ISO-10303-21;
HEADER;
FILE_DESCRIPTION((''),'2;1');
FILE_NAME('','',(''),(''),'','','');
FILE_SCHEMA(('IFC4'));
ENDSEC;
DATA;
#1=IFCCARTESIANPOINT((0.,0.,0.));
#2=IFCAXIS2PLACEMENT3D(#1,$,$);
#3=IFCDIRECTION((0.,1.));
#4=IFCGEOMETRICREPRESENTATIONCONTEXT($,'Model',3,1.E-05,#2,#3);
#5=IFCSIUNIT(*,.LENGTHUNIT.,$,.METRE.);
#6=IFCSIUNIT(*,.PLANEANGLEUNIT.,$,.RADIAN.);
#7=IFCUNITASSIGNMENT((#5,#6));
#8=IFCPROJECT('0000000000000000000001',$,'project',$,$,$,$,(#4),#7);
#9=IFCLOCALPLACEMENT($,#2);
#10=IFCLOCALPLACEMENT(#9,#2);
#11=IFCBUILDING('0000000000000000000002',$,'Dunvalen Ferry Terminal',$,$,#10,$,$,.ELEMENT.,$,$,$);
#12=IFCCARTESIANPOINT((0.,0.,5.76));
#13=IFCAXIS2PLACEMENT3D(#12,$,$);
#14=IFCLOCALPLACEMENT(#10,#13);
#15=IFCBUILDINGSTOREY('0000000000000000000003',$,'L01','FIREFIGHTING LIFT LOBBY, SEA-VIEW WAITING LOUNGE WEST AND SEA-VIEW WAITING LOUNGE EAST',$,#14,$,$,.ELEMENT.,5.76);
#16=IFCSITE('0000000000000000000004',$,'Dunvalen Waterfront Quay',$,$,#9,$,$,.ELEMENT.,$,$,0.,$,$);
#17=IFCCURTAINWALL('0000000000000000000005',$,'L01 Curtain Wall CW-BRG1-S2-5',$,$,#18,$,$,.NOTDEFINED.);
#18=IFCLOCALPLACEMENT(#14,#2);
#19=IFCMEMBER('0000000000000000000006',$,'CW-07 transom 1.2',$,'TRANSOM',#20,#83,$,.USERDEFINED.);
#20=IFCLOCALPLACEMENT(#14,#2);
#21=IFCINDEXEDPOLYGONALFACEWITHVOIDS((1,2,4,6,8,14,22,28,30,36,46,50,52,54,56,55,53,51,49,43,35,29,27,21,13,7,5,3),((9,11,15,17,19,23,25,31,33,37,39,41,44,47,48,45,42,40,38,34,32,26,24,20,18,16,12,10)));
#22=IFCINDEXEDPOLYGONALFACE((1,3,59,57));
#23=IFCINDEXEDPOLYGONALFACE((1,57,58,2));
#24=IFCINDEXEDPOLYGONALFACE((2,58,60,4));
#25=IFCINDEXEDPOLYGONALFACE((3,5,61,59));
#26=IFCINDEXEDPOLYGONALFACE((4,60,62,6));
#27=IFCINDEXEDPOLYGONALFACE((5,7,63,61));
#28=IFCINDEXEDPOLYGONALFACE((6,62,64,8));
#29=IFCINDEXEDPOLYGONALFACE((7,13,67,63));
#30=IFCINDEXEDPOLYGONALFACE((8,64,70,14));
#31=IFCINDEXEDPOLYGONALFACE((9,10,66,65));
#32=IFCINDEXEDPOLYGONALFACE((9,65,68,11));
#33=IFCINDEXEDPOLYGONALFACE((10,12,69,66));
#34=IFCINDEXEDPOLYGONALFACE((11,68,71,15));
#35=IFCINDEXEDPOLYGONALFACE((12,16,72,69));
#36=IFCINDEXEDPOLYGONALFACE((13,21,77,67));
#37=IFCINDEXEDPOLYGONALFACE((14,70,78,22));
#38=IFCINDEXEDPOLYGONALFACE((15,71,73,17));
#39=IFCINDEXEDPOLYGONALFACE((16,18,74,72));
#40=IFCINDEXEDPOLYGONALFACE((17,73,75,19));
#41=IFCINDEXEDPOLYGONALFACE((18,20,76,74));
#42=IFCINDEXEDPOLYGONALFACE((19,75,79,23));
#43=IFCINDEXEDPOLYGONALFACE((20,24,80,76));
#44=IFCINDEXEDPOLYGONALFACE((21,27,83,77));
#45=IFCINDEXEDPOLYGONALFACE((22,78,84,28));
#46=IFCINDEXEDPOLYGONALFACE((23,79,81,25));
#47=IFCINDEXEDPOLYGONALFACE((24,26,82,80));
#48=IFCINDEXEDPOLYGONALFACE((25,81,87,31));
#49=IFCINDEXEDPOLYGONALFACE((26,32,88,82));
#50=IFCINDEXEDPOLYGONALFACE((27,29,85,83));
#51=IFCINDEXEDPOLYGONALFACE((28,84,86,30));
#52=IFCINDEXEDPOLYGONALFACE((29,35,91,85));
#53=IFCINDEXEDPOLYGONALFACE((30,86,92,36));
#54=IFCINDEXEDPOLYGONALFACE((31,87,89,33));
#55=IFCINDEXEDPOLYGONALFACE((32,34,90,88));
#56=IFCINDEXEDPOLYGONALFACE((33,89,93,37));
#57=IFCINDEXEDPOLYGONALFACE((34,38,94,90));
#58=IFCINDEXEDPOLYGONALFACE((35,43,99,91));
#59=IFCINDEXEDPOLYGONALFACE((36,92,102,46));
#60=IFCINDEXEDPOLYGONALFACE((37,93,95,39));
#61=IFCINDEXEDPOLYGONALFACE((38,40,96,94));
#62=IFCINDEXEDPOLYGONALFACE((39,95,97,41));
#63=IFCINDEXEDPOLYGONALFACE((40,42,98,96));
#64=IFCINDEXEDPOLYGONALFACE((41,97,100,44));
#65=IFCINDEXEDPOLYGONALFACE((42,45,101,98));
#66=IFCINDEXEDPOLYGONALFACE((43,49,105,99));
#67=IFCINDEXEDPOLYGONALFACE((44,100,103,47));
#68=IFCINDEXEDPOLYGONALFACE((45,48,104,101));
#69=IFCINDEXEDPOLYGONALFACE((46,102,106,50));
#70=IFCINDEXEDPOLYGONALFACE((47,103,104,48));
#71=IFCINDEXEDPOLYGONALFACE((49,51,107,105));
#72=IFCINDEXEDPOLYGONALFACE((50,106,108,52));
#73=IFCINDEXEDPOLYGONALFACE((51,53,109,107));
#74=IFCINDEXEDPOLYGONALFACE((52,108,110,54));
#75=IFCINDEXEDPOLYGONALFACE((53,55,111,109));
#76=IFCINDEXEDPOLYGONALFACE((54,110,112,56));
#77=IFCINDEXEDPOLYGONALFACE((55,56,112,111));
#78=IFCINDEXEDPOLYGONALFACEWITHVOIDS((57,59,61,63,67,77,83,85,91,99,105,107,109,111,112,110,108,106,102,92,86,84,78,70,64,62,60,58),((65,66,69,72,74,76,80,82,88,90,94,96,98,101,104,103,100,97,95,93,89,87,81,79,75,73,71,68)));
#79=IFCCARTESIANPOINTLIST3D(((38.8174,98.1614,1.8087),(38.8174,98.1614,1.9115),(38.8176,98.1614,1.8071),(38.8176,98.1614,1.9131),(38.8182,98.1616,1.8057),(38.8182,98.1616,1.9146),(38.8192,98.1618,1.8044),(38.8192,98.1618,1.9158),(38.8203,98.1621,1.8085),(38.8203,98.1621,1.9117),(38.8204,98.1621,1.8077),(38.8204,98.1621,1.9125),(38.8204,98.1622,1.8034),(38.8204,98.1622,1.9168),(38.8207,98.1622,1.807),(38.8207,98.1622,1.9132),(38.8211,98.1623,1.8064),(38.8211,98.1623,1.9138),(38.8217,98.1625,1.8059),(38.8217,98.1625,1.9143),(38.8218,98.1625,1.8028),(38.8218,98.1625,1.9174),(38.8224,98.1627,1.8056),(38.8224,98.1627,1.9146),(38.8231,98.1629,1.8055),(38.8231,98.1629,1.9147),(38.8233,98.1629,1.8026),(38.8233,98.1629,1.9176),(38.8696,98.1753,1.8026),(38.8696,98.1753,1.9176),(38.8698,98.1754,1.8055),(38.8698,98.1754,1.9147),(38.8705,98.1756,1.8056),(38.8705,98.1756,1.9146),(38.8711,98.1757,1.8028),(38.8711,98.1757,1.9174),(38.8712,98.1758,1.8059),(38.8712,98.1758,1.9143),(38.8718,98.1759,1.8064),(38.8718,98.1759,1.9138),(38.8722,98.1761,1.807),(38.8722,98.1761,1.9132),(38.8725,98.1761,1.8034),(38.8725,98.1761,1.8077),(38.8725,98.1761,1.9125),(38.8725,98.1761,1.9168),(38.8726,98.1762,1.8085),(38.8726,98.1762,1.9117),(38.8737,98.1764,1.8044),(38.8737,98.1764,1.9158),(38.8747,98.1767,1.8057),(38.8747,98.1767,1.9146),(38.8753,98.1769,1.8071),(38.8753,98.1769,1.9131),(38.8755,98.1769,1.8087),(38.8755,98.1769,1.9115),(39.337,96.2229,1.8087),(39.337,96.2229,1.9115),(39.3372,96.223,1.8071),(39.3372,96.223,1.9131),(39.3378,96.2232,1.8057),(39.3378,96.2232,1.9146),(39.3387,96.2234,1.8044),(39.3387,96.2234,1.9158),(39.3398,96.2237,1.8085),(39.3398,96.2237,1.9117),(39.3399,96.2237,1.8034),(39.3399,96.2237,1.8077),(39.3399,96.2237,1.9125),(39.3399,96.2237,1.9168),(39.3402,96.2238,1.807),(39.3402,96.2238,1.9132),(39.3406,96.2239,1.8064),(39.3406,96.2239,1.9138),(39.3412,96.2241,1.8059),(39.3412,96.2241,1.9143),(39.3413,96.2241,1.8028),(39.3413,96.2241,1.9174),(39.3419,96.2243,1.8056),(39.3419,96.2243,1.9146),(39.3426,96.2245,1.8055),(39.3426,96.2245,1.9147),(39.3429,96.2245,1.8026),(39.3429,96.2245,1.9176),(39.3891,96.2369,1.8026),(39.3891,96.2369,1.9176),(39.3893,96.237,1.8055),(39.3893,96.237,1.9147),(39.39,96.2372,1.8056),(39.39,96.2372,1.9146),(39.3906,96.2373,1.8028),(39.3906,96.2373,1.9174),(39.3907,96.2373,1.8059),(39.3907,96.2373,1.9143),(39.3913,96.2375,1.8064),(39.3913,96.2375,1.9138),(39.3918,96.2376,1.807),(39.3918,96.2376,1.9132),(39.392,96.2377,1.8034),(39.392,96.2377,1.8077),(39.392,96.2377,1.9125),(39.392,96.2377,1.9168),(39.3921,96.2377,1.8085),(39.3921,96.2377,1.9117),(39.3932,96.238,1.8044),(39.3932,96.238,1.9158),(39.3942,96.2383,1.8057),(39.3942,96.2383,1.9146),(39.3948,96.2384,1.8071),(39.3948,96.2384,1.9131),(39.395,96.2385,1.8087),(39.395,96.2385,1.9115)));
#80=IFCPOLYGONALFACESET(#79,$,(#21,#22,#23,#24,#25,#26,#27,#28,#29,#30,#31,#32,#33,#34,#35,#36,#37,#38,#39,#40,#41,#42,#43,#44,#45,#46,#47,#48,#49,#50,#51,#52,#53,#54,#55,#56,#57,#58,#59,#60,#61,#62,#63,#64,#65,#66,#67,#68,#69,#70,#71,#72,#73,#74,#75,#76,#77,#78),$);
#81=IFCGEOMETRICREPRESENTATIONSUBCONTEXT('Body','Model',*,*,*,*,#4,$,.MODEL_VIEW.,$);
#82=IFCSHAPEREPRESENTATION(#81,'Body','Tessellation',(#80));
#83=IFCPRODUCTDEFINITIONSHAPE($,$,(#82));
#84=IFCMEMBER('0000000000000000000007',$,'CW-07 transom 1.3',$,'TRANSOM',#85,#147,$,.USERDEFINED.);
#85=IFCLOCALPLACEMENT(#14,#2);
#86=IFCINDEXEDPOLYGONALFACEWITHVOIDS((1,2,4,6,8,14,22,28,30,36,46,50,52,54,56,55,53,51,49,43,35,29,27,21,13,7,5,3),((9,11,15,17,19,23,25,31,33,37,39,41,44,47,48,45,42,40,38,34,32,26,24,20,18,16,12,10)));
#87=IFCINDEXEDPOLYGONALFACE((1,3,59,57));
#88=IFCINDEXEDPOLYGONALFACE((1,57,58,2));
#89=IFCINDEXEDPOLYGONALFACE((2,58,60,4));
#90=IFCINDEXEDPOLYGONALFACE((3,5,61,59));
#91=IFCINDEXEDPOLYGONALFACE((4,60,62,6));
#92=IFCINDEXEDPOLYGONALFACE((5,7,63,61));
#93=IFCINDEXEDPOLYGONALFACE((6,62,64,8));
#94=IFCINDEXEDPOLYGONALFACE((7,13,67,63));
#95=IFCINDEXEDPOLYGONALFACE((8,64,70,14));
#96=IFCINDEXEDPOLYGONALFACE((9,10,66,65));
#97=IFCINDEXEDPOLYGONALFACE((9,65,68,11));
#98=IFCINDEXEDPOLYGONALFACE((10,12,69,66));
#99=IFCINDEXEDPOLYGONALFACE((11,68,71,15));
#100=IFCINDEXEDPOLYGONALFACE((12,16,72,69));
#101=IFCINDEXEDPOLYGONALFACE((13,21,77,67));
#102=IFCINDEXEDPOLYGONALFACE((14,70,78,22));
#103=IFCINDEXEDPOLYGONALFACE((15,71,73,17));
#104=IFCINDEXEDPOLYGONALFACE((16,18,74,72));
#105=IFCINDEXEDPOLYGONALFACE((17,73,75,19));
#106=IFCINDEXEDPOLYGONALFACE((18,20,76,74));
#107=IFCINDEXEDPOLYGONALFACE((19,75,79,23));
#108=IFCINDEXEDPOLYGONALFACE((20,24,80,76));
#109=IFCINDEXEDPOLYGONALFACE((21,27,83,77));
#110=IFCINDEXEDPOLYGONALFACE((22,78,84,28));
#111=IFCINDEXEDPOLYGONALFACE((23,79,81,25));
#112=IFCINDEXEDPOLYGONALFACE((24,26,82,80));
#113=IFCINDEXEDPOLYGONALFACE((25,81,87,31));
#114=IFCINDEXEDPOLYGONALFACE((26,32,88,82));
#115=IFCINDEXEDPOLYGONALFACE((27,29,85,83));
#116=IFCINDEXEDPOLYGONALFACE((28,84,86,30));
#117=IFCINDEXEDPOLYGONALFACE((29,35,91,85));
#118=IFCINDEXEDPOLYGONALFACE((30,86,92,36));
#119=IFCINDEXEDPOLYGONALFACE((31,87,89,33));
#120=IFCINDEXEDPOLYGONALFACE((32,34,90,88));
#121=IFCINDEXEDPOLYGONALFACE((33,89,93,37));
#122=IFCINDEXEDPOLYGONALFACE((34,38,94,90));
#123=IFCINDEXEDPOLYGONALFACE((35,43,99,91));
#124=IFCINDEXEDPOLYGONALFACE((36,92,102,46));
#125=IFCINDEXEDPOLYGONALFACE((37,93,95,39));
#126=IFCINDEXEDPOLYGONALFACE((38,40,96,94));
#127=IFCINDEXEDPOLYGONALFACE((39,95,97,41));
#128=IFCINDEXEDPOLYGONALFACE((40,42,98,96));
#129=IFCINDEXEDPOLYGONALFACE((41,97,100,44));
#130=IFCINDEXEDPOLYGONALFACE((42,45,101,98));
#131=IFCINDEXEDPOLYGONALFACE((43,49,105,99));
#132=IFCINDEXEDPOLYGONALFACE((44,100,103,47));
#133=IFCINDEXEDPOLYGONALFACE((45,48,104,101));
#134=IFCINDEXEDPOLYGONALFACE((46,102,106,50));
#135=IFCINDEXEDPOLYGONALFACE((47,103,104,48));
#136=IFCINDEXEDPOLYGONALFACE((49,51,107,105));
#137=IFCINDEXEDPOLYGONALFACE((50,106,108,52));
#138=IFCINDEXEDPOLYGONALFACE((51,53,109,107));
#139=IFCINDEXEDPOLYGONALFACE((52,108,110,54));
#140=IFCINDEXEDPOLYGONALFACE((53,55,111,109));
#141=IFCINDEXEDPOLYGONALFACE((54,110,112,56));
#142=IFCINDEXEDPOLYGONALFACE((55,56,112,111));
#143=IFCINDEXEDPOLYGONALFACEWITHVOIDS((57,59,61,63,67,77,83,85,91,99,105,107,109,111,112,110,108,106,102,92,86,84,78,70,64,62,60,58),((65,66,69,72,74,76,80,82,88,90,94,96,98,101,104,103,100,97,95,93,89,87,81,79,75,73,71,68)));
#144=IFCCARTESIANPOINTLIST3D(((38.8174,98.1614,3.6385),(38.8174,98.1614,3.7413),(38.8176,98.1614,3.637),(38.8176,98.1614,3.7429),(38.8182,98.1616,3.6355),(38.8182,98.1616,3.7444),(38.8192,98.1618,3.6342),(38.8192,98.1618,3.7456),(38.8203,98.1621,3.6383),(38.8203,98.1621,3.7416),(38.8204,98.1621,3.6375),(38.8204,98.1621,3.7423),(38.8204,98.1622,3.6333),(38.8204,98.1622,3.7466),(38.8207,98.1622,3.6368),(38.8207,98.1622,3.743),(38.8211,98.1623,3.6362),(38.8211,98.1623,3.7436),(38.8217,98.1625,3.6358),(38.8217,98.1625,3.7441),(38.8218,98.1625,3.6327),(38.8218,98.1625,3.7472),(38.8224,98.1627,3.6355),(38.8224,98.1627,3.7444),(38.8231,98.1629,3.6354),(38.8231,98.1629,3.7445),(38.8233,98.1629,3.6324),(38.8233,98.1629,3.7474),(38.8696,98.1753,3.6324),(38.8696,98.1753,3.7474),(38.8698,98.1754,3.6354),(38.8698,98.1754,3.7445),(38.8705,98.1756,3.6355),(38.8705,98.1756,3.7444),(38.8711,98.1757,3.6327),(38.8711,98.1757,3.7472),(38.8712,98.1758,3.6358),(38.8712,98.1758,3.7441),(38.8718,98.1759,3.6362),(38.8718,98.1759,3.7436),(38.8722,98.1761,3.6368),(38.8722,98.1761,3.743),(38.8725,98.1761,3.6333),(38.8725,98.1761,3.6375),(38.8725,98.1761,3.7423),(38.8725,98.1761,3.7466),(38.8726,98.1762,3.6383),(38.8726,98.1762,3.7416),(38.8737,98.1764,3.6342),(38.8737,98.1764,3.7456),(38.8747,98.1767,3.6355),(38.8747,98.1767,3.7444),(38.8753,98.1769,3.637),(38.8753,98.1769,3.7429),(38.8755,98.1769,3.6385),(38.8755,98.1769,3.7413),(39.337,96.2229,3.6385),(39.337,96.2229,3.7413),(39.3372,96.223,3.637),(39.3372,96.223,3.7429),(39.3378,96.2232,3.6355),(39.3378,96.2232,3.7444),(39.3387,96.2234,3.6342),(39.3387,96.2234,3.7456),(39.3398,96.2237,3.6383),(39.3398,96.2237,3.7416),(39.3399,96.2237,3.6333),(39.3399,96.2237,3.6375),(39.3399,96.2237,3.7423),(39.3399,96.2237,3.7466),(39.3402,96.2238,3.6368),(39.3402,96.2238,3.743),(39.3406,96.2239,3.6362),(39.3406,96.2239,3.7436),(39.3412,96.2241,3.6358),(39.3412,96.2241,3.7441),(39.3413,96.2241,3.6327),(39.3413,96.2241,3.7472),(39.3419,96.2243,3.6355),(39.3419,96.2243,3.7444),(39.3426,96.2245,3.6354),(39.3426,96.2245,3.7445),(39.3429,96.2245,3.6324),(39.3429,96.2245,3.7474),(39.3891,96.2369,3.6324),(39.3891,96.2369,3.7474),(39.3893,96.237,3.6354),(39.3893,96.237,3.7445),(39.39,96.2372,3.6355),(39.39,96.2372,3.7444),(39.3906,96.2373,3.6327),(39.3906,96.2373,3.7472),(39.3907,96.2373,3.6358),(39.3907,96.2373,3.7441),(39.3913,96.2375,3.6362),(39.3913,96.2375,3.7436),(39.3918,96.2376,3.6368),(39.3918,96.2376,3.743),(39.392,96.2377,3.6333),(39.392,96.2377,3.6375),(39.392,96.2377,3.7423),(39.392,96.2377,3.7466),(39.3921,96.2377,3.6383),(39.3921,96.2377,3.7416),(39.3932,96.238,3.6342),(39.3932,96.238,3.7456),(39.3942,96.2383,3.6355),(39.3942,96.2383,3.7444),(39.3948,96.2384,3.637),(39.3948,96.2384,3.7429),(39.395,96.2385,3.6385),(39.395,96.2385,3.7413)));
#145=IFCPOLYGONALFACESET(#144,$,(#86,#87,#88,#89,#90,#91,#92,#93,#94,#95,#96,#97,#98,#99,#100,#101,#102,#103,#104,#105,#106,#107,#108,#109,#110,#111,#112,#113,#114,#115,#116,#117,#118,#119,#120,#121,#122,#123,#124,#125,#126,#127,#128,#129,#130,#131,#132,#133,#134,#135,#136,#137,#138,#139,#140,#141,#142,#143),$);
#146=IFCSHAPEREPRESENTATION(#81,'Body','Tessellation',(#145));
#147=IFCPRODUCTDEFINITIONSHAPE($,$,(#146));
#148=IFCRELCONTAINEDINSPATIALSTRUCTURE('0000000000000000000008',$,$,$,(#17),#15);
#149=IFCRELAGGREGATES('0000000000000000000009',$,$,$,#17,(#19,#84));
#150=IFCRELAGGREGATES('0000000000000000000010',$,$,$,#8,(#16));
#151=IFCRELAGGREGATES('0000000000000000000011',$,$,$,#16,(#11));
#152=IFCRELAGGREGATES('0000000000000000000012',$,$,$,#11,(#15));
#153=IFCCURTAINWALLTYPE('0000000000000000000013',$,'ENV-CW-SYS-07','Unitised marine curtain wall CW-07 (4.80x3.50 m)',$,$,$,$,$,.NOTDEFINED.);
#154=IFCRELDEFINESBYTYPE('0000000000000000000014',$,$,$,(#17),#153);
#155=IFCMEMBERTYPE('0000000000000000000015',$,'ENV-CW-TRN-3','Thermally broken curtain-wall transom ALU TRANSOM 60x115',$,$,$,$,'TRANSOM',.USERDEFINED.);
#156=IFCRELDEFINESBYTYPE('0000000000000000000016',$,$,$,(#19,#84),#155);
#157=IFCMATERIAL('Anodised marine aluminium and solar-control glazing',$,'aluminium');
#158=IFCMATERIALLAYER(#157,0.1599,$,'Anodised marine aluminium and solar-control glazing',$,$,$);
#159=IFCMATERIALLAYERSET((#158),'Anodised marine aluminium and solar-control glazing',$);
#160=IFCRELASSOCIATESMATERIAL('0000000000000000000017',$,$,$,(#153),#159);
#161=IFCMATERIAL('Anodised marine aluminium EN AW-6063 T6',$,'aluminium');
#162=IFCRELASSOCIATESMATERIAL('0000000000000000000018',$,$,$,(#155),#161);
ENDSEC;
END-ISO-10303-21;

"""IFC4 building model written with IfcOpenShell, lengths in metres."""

from ifc_helpers import new_model, si_unit, direction, frame, origin, origin_2d, place, context, subcontext, project, spatial, hollow_rectangle, extrude, material, layer, layer_set, material_profile, profile_set, type_object, element, aggregate, save


model = new_model("IFC4")

# Units and contexts
model_context = context("Model", 3, precision=1e-05, world=origin(), true_north=direction((0.0, 1.0)))
body_context = subcontext(model_context, "Body", "Model", "MODEL_VIEW")
ifc_project = project(units=[si_unit("LENGTHUNIT", "METRE"), si_unit("PLANEANGLEUNIT", "RADIAN")], contexts=[model_context])

# Site, building, storey
site_placement = place(None, origin())
site = spatial("IfcSite", under=ifc_project, at=site_placement, Name="Dunvalen Waterfront Quay", CompositionType="ELEMENT", RefElevation=0.0)
building_placement = place(site_placement, origin())
building = spatial("IfcBuilding", under=site, at=building_placement, Name="Dunvalen Ferry Terminal", CompositionType="ELEMENT")
storey_placement = place(building_placement, frame((0.0, 0.0, 5.76)))
storey = spatial("IfcBuildingStorey", under=building, at=storey_placement, Name="L01", Description="FIREFIGHTING LIFT LOBBY, SEA-VIEW WAITING LOUNGE WEST AND SEA-VIEW WAITING LOUNGE EAST", CompositionType="ELEMENT", Elevation=5.76)

# Shared definitions
ifc_material_1 = material(Name="Anodised marine aluminium and solar-control glazing", Category="aluminium")
ifc_layer_1 = layer(ifc_material_1, 0.1599, Name="Anodised marine aluminium and solar-control glazing")
ifc_layer_set_1 = layer_set([ifc_layer_1], Name="Anodised marine aluminium and solar-control glazing")
curtain_wall_type_1 = type_object("IfcCurtainWallType", Name="ENV-CW-SYS-07", Description="Unitised marine curtain wall CW-07 (4.80x3.50 m)", PredefinedType="NOTDEFINED", material=ifc_layer_set_1)
ifc_material_2 = material(Name="Anodised marine aluminium EN AW-6063 T6", Category="aluminium")

# Curtain wall
curtain_wall_1_placement = place(storey_placement, origin())
curtain_wall_1 = element("IfcCurtainWall", 1, at=curtain_wall_1_placement, inside=storey, type_object=curtain_wall_type_1, Name="L01 Curtain Wall CW-BRG1-S2-5", PredefinedType="NOTDEFINED")

# Members
ifc_material_profile_1 = material_profile(ifc_material_2, hollow_rectangle(XDim=0.0601, YDim=0.115, WallThickness=0.0029, InnerFilletRadius=0.0029, OuterFilletRadius=0.0061, at=origin_2d()), Name="Anodised marine aluminium EN AW-6063 T6")
ifc_profile_set_1 = profile_set([ifc_material_profile_1], Name="Anodised marine aluminium EN AW-6063 T6")
member_type_1 = type_object("IfcMemberType", Name="ENV-CW-TRN-3", Description="Thermally broken curtain-wall transom ALU TRANSOM 60x115", ElementType="TRANSOM", PredefinedType="USERDEFINED", material=ifc_profile_set_1)
member_1_placement = place(storey_placement, frame((39.366, 96.2307, 1.8601), z_axis=(-0.258874, 0.965911, 0.0), x_axis=(-0.965911, -0.258874, 0.0)))
member_1 = element("IfcMember", 2, at=member_1_placement, type_object=member_type_1, Name="CW-07 transom 1.2", ObjectType="TRANSOM", PredefinedType="USERDEFINED", context=body_context, shape_type="SweptSolid", body=[
    extrude(hollow_rectangle(XDim=0.0601, YDim=0.115, WallThickness=0.0029, InnerFilletRadius=0.0029, OuterFilletRadius=0.0061, at=origin_2d()), origin(), (0.0, 0.0, 1.0), 2.0068),
])
member_2_placement = place(storey_placement, frame((39.366, 96.2307, 3.6899), z_axis=(-0.258874, 0.965911, 0.0), x_axis=(-0.965911, -0.258874, 0.0)))
member_2 = element("IfcMember", 3, at=member_2_placement, type_object=member_type_1, Name="CW-07 transom 1.3", ObjectType="TRANSOM", PredefinedType="USERDEFINED", context=body_context, shape_type="SweptSolid", body=[
    extrude(hollow_rectangle(XDim=0.0601, YDim=0.115, WallThickness=0.0029, InnerFilletRadius=0.0029, OuterFilletRadius=0.0061, at=origin_2d()), origin(), (0.0, 0.0, 1.0), 2.0068),
])

aggregate(curtain_wall_1, [member_1, member_2])

save(model, "model.ifc")
